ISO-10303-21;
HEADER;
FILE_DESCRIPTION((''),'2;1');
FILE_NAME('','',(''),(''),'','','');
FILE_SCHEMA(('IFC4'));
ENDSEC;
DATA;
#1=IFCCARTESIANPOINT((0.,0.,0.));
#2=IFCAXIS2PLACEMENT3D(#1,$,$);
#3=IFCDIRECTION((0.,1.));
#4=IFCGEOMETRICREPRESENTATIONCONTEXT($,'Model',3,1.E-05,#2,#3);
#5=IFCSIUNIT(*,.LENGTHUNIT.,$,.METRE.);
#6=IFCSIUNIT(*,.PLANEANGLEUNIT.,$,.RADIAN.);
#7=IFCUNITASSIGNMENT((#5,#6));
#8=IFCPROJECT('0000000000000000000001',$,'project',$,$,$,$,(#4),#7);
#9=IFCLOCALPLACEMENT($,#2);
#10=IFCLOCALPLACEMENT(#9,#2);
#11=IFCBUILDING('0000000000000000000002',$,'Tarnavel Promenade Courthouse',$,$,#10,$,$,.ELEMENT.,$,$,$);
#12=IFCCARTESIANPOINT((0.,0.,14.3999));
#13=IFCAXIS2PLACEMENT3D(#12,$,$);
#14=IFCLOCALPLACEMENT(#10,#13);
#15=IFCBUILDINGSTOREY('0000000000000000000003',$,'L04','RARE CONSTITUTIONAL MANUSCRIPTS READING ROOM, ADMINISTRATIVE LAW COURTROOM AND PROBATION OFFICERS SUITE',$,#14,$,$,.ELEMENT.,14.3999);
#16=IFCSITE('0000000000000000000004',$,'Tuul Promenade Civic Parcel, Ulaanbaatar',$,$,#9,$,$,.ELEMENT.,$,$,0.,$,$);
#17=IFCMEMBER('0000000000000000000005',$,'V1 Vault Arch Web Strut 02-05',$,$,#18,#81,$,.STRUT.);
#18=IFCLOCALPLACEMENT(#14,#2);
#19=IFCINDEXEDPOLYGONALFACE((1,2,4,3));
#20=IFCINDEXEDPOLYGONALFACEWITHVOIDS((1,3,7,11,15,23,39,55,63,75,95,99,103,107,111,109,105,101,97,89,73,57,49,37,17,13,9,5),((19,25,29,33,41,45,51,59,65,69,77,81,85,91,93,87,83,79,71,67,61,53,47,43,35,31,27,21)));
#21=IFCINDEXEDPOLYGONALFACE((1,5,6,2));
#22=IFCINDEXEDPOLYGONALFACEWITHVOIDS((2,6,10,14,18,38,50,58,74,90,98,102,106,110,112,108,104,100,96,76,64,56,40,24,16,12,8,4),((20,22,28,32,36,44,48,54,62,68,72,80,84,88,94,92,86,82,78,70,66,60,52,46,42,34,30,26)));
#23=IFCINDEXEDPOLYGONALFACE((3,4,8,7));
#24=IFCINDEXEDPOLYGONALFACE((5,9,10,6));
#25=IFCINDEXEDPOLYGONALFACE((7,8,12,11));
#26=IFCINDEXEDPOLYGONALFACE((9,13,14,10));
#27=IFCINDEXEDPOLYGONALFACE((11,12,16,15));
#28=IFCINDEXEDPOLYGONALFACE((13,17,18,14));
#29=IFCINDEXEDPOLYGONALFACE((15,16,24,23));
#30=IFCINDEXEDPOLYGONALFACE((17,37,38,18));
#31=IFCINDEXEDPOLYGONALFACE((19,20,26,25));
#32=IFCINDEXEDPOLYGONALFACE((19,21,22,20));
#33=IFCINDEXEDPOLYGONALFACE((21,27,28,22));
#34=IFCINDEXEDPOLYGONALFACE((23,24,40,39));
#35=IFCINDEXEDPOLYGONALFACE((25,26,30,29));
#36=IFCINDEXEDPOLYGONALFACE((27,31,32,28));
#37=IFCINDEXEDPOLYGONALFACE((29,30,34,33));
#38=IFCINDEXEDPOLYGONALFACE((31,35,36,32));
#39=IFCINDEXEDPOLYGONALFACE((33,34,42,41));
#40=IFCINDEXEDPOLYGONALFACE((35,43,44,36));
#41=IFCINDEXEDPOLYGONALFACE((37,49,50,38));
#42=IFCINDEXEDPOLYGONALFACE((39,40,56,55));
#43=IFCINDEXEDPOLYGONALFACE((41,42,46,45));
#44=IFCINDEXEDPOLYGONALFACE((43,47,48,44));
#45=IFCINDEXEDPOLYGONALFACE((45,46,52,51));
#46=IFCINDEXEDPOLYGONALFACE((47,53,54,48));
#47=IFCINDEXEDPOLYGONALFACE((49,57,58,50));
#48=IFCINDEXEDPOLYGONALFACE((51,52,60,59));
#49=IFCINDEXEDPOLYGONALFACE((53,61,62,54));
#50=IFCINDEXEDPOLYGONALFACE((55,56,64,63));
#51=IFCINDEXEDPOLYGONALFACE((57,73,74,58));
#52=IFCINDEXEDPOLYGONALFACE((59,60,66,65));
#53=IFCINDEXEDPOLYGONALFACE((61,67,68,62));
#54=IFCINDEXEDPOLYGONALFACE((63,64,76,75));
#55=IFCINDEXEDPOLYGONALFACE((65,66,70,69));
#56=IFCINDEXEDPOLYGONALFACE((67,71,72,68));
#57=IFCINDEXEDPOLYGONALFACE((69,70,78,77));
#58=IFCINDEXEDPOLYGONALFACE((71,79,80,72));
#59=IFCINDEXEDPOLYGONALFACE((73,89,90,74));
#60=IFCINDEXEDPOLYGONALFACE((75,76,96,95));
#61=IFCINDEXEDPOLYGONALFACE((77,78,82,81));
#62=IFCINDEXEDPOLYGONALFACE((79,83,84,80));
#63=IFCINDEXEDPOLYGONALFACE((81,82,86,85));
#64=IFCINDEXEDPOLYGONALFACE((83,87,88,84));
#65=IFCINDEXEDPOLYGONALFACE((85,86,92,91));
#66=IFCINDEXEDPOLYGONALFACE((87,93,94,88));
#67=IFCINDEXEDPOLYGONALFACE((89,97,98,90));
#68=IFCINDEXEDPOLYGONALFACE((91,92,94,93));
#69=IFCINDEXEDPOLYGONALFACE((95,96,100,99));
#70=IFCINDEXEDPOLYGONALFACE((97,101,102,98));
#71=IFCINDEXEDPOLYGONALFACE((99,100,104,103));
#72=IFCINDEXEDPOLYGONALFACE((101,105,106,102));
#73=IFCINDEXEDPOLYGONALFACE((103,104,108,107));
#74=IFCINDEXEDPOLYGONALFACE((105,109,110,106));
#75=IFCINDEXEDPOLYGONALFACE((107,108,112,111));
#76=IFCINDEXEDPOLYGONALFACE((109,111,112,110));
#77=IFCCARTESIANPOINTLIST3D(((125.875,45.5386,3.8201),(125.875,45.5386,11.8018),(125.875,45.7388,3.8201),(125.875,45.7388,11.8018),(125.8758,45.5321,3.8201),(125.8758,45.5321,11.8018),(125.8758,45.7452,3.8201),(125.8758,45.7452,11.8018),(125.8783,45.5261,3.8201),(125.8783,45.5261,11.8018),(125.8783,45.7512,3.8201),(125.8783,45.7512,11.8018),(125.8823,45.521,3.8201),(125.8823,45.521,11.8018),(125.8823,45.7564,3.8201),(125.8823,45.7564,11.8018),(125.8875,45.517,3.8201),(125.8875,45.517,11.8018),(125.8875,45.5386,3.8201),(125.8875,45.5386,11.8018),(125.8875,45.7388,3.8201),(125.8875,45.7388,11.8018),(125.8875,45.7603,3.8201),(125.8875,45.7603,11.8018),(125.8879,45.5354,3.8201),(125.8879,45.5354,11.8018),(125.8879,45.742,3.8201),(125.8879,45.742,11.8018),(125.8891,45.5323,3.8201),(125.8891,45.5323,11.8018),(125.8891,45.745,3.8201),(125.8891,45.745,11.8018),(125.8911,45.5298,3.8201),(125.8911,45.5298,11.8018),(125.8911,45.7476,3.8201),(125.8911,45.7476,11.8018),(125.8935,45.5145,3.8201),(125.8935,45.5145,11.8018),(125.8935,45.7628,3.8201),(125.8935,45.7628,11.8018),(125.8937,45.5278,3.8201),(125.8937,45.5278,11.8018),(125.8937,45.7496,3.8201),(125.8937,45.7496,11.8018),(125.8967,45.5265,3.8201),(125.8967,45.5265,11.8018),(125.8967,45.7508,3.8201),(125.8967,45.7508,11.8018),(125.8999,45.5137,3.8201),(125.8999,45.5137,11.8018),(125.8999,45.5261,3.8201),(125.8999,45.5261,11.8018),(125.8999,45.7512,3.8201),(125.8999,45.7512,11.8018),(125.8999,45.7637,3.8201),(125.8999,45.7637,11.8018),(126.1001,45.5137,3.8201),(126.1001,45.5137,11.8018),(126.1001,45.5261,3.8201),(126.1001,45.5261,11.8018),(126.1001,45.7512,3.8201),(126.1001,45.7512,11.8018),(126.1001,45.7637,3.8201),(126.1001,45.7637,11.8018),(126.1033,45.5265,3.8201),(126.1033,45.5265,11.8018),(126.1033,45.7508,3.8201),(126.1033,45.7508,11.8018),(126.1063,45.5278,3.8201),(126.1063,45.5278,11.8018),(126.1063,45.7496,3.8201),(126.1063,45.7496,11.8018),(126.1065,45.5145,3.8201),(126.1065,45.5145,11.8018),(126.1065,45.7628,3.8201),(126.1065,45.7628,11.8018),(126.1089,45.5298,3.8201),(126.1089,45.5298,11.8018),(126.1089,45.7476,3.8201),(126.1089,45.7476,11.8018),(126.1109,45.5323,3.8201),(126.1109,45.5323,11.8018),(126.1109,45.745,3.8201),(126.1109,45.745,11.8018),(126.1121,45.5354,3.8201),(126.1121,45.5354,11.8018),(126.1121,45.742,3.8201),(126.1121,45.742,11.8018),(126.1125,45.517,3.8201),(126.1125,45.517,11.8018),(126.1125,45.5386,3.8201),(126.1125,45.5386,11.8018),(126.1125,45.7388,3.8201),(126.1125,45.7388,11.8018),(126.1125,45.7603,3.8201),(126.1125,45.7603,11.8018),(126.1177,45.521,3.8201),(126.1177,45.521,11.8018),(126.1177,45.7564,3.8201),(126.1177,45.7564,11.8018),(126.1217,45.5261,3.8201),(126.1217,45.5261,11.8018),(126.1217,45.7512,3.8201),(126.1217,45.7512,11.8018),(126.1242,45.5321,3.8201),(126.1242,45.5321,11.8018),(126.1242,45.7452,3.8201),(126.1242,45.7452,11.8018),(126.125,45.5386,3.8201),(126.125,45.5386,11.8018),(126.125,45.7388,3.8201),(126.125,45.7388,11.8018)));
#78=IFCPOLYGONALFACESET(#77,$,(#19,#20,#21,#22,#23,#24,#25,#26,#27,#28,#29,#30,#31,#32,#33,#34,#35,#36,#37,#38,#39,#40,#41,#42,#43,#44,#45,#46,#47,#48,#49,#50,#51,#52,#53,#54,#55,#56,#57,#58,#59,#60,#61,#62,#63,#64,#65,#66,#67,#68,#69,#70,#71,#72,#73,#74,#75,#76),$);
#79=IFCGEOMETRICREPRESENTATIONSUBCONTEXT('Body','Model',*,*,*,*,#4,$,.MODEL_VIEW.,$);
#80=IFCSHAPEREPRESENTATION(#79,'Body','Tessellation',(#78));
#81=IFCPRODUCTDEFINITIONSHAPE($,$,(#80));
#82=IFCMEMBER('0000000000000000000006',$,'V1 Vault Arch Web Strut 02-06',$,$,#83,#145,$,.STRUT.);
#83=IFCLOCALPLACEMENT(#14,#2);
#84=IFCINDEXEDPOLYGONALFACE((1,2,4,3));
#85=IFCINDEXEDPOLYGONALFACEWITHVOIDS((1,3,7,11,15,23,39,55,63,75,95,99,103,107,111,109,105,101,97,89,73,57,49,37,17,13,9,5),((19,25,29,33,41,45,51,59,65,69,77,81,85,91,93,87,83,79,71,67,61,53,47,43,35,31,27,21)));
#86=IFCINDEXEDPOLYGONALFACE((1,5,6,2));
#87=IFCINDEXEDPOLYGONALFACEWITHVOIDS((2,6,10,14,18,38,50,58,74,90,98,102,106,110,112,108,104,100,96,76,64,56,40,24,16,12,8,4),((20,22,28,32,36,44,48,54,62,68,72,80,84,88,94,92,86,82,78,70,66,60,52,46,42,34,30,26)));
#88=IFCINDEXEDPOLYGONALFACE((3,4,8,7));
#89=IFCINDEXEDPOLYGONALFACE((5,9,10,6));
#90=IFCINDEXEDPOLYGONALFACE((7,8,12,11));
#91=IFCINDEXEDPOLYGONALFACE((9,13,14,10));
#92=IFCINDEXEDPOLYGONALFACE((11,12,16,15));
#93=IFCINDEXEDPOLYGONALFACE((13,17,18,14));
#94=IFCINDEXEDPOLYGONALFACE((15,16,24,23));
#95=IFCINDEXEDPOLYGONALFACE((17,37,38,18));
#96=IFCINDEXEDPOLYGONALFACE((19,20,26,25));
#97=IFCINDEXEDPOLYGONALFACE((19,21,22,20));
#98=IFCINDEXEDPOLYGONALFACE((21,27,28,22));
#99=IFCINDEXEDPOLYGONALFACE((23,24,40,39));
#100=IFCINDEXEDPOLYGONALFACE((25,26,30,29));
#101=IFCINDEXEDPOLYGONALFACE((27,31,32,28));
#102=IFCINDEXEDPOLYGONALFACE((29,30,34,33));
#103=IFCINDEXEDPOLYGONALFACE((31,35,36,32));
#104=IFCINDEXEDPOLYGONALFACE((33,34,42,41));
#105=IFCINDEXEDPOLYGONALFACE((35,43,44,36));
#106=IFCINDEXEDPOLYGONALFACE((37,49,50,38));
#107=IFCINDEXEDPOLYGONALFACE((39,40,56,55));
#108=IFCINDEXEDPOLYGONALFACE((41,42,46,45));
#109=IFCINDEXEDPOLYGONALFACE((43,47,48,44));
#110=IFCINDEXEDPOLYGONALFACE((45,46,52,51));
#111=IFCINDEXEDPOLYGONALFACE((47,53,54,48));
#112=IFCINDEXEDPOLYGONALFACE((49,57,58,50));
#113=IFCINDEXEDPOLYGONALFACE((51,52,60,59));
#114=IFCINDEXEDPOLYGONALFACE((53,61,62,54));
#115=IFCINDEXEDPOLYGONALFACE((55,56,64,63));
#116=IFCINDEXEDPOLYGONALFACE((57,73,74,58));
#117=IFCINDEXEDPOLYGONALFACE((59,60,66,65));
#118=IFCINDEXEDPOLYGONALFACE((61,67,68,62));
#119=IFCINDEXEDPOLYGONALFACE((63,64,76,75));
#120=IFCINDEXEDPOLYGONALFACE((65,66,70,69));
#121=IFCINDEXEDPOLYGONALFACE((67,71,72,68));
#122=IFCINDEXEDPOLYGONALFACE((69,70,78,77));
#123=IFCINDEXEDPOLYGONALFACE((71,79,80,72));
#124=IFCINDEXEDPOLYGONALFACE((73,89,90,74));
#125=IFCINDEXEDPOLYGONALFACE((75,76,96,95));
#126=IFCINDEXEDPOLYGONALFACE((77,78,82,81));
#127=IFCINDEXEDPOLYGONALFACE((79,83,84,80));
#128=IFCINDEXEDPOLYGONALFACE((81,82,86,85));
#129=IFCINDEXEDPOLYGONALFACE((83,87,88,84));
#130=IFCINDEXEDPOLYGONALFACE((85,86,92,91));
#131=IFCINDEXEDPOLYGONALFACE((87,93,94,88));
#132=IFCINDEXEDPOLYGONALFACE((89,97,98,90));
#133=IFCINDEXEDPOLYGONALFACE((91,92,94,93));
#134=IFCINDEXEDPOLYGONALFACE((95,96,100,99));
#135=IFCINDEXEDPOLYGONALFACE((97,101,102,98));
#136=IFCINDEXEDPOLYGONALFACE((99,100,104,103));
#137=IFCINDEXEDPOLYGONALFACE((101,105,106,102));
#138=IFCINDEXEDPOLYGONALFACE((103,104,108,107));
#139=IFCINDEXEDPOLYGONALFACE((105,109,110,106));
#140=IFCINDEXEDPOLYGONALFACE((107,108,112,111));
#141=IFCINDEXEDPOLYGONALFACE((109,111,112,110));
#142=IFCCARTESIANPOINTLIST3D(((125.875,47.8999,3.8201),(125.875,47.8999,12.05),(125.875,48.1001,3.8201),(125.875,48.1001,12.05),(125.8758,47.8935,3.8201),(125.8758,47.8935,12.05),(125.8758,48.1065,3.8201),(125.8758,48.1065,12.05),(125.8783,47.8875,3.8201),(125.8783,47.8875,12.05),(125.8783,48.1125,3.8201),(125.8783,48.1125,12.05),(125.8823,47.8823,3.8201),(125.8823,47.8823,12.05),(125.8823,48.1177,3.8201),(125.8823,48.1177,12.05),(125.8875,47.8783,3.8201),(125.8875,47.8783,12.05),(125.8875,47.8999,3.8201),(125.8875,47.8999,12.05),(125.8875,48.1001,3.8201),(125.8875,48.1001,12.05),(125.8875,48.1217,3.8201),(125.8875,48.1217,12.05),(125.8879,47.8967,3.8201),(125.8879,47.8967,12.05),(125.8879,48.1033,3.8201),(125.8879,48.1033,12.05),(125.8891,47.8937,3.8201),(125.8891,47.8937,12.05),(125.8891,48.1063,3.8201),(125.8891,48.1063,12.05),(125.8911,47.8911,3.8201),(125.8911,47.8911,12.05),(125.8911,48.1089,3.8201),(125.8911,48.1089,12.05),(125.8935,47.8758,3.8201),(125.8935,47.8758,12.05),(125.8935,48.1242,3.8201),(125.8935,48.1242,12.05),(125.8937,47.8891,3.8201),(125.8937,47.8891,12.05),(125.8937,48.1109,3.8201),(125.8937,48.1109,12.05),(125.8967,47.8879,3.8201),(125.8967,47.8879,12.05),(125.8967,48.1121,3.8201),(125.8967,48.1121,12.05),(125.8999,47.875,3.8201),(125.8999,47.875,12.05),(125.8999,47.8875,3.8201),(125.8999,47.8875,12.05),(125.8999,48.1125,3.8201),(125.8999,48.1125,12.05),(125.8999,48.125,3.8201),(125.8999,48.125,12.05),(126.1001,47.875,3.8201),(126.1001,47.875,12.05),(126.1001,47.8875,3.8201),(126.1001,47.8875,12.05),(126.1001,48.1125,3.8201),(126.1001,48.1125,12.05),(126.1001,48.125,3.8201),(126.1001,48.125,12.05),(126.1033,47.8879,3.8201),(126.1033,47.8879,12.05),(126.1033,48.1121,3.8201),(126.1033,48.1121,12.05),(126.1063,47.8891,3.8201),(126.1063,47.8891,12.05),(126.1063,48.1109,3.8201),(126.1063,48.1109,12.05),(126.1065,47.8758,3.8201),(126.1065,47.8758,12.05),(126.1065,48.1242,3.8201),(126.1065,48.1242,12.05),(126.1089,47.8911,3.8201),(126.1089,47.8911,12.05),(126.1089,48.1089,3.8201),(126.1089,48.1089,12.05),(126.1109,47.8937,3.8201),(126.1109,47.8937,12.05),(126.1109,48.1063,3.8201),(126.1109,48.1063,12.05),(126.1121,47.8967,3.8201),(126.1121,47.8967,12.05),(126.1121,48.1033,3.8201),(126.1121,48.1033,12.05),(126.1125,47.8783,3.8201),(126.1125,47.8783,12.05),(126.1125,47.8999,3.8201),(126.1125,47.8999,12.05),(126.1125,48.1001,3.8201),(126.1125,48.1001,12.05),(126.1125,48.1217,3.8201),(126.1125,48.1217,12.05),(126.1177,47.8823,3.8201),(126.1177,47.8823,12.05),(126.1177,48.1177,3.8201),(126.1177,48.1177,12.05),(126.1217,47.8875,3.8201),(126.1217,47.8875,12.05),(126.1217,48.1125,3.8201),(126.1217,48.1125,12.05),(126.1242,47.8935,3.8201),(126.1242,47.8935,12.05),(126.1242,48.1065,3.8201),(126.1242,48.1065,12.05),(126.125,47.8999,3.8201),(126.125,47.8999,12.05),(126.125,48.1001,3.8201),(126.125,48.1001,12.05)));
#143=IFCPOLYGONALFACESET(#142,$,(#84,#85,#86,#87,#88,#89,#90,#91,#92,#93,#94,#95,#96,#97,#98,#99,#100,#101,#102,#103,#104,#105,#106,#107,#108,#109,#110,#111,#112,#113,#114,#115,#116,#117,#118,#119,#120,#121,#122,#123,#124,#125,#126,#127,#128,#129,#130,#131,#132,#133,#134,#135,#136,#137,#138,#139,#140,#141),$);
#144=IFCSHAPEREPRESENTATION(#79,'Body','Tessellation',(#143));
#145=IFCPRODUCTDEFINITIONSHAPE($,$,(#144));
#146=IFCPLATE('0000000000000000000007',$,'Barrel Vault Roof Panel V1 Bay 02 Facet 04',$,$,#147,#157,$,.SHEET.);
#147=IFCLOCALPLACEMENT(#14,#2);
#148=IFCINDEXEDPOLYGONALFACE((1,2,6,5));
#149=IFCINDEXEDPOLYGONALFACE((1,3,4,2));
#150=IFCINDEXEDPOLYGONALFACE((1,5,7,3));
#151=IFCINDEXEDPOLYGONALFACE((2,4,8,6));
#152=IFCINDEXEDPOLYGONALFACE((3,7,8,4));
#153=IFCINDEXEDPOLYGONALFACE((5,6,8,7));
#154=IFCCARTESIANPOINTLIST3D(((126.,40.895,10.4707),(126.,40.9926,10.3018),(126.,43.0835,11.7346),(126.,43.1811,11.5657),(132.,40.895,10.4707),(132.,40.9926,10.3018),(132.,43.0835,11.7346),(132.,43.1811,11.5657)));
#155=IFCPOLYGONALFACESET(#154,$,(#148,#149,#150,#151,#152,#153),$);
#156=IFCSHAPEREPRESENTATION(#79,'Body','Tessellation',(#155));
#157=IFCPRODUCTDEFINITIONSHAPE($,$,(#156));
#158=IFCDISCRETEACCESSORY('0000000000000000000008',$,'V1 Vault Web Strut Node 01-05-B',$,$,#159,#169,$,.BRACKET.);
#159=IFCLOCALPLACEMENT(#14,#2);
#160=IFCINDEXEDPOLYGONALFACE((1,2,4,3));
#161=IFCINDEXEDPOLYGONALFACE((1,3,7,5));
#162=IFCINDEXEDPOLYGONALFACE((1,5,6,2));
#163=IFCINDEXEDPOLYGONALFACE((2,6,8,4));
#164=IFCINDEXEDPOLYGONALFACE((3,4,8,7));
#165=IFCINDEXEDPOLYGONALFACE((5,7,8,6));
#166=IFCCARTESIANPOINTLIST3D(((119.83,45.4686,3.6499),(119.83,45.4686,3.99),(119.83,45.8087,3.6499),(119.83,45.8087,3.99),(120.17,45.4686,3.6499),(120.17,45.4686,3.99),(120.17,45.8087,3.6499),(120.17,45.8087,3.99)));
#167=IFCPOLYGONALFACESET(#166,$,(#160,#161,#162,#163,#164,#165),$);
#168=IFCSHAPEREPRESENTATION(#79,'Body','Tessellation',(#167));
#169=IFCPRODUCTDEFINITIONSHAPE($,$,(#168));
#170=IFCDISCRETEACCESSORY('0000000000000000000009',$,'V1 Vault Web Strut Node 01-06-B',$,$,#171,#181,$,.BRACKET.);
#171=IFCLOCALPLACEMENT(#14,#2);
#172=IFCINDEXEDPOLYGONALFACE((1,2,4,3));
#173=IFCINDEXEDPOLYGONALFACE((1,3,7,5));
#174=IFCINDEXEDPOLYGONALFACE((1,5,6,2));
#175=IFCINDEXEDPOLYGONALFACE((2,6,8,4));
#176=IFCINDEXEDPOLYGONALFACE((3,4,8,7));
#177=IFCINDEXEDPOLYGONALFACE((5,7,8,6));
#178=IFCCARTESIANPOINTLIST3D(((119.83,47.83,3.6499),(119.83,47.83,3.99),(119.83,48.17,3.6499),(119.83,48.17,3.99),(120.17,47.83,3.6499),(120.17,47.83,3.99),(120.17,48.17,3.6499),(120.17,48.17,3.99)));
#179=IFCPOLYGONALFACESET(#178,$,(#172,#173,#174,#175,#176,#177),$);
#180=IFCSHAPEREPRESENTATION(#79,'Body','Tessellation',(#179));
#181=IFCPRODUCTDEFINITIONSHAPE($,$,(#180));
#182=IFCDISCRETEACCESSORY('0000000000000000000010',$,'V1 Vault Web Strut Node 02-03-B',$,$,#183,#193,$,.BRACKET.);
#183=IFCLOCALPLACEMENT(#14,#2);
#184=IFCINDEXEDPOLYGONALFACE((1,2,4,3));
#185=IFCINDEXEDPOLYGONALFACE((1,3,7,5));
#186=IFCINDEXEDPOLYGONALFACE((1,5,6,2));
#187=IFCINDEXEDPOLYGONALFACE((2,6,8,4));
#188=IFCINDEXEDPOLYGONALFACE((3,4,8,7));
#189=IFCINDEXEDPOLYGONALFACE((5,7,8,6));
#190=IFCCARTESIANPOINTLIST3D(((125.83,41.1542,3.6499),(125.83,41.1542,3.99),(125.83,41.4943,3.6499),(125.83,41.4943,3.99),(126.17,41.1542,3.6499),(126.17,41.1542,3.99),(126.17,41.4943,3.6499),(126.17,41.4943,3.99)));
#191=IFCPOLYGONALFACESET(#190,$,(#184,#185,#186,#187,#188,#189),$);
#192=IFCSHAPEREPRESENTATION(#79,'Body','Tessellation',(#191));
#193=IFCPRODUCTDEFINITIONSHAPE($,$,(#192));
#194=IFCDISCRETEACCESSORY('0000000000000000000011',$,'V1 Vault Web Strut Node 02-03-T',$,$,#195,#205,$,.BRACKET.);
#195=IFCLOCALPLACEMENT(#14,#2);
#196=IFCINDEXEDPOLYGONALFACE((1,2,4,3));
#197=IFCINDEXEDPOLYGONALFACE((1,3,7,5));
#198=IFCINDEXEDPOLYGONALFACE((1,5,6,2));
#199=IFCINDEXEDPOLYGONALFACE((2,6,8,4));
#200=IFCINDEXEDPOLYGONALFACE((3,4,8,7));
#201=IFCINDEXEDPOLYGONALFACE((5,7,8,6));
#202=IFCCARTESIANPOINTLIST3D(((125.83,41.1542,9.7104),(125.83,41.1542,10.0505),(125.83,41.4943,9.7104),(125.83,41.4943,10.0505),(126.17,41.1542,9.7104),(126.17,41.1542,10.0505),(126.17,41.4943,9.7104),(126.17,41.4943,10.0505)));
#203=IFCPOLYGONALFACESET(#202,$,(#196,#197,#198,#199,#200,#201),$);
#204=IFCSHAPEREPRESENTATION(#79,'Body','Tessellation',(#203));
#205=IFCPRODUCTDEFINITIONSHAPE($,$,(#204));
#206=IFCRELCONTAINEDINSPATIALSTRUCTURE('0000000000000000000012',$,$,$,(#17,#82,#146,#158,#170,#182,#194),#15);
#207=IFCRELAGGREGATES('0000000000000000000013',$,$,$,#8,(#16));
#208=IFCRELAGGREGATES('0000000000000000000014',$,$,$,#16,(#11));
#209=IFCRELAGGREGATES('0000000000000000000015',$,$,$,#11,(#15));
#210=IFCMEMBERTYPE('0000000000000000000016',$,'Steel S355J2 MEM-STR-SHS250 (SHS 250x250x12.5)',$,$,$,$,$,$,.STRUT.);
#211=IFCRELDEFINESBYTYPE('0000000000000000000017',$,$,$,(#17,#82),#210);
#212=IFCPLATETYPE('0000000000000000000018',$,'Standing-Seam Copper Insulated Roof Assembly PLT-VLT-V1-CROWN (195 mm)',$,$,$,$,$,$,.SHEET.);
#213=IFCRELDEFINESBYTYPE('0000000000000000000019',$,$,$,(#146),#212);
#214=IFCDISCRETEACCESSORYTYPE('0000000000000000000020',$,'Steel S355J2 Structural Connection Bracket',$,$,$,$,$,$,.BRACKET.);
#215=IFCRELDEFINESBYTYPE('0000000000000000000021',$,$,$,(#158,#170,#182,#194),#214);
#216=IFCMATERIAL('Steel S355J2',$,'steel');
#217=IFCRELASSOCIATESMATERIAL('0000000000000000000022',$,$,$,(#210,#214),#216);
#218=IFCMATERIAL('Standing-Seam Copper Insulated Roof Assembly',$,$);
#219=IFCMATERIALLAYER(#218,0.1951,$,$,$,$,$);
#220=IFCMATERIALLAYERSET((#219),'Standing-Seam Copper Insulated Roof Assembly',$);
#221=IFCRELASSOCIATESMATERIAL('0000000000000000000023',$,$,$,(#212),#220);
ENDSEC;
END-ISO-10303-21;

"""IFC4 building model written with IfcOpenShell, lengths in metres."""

from ifc_helpers import new_model, si_unit, direction, frame, origin, origin_2d, place, context, subcontext, project, spatial, polyline, rectangle, hollow_rectangle, outline, extrude, material, layer, layer_set, material_profile, profile_set, type_object, element, save


model = new_model("IFC4")

# Units and contexts
model_context = context("Model", 3, precision=1e-05, world=origin(), true_north=direction((0.0, 1.0)))
body_context = subcontext(model_context, "Body", "Model", "MODEL_VIEW")
ifc_project = project(units=[si_unit("LENGTHUNIT", "METRE"), si_unit("PLANEANGLEUNIT", "RADIAN")], contexts=[model_context])

# Site, building, storey
site_placement = place(None, origin())
site = spatial("IfcSite", under=ifc_project, at=site_placement, Name="Tuul Promenade Civic Parcel, Ulaanbaatar", CompositionType="ELEMENT", RefElevation=0.0)
building_placement = place(site_placement, origin())
building = spatial("IfcBuilding", under=site, at=building_placement, Name="Tarnavel Promenade Courthouse", CompositionType="ELEMENT")
storey_placement = place(building_placement, frame((0.0, 0.0, 14.3999)))
storey = spatial("IfcBuildingStorey", under=building, at=storey_placement, Name="L04", Description="RARE CONSTITUTIONAL MANUSCRIPTS READING ROOM, ADMINISTRATIVE LAW COURTROOM AND PROBATION OFFICERS SUITE", CompositionType="ELEMENT", Elevation=14.3999)

# Shared definitions
ifc_material_1 = material(Name="Steel S355J2", Category="steel")

# Members
ifc_material_profile_1 = material_profile(ifc_material_1, hollow_rectangle(XDim=0.25, YDim=0.25, WallThickness=0.0125, InnerFilletRadius=0.0125, OuterFilletRadius=0.0249, at=origin_2d()), Name="SHS 250x250x12.5")
ifc_profile_set_1 = profile_set([ifc_material_profile_1], Name="Steel S355J2")
member_type_1 = type_object("IfcMemberType", Name="Steel S355J2 MEM-STR-SHS250 (SHS 250x250x12.5)", PredefinedType="STRUT", material=ifc_profile_set_1)
member_1_placement = place(storey_placement, frame((126.0, 45.6387, 3.8201), z_axis=(0.0, 0.0, 1.0), x_axis=(1.0, 0.0, 0.0)))
element("IfcMember", 1, at=member_1_placement, inside=storey, type_object=member_type_1, Name="V1 Vault Arch Web Strut 02-05", PredefinedType="STRUT", context=body_context, shape_type="SweptSolid", body=[
    extrude(hollow_rectangle(XDim=0.25, YDim=0.25, WallThickness=0.0125, InnerFilletRadius=0.0125, OuterFilletRadius=0.0249, at=origin_2d()), origin(), (0.0, 0.0, 1.0), 7.9817),
])
member_2_placement = place(storey_placement, frame((126.0, 48.0, 3.8201), z_axis=(0.0, 0.0, 1.0), x_axis=(1.0, 0.0, 0.0)))
element("IfcMember", 2, at=member_2_placement, inside=storey, type_object=member_type_1, Name="V1 Vault Arch Web Strut 02-06", PredefinedType="STRUT", context=body_context, shape_type="SweptSolid", body=[
    extrude(hollow_rectangle(XDim=0.25, YDim=0.25, WallThickness=0.0125, InnerFilletRadius=0.0125, OuterFilletRadius=0.0249, at=origin_2d()), origin(), (0.0, 0.0, 1.0), 8.23),
])

# Plate
ifc_material_2 = material(Name="Standing-Seam Copper Insulated Roof Assembly")
ifc_layer = layer(ifc_material_2, 0.1951)
ifc_layer_set = layer_set([ifc_layer], Name="Standing-Seam Copper Insulated Roof Assembly")
plate_type = type_object("IfcPlateType", Name="Standing-Seam Copper Insulated Roof Assembly PLT-VLT-V1-CROWN (195 mm)", PredefinedType="SHEET", material=ifc_layer_set)
plate_placement = place(storey_placement, frame((126.0, 40.895, 10.4707), z_axis=(0.0, -0.500118, 0.865957), x_axis=(1.0, 0.0, 0.0)))
element("IfcPlate", 3, at=plate_placement, inside=storey, type_object=plate_type, Name="Barrel Vault Roof Panel V1 Bay 02 Facet 04", PredefinedType="SHEET", context=body_context, shape_type="SweptSolid", body=[
    extrude(outline(polyline([(0.0, 0.0), (6.0, 0.0), (6.0, 2.5272), (0.0, 2.5272), (0.0, 0.0)])), origin(), (0.0, 0.0, -1.0), 0.1951),
])

# Discrete accessories
discrete_accessory_type = type_object("IfcDiscreteAccessoryType", Name="Steel S355J2 Structural Connection Bracket", PredefinedType="BRACKET", material=ifc_material_1)
for number, where, z_axis, x_axis, name in (
    (4, (120.0, 45.6387, 3.6499), (0.0, 0.0, 1.0), (1.0, 0.0, 0.0), "V1 Vault Web Strut Node 01-05-B"),
    (5, (120.0, 48.0, 3.6499), (0.0, 0.0, 1.0), (1.0, 0.0, 0.0), "V1 Vault Web Strut Node 01-06-B"),
    (6, (126.0, 41.3242, 3.6499), (0.0, 0.0, 1.0), (1.0, 0.0, 0.0), "V1 Vault Web Strut Node 02-03-B"),
    (7, (126.0, 41.3242, 9.7104), (0.0, 0.0, 1.0), (1.0, 0.0, 0.0), "V1 Vault Web Strut Node 02-03-T"),
):
    element("IfcDiscreteAccessory", number, at=place(storey_placement, frame(where, z_axis=z_axis, x_axis=x_axis)), inside=storey, type_object=discrete_accessory_type, Name=name, PredefinedType="BRACKET", context=body_context, shape_type="SweptSolid", body=[
        extrude(rectangle(XDim=0.3401, YDim=0.3401, at=origin_2d()), origin(), (0.0, 0.0, 1.0), 0.3401),
    ])

save(model, "model.ifc")
